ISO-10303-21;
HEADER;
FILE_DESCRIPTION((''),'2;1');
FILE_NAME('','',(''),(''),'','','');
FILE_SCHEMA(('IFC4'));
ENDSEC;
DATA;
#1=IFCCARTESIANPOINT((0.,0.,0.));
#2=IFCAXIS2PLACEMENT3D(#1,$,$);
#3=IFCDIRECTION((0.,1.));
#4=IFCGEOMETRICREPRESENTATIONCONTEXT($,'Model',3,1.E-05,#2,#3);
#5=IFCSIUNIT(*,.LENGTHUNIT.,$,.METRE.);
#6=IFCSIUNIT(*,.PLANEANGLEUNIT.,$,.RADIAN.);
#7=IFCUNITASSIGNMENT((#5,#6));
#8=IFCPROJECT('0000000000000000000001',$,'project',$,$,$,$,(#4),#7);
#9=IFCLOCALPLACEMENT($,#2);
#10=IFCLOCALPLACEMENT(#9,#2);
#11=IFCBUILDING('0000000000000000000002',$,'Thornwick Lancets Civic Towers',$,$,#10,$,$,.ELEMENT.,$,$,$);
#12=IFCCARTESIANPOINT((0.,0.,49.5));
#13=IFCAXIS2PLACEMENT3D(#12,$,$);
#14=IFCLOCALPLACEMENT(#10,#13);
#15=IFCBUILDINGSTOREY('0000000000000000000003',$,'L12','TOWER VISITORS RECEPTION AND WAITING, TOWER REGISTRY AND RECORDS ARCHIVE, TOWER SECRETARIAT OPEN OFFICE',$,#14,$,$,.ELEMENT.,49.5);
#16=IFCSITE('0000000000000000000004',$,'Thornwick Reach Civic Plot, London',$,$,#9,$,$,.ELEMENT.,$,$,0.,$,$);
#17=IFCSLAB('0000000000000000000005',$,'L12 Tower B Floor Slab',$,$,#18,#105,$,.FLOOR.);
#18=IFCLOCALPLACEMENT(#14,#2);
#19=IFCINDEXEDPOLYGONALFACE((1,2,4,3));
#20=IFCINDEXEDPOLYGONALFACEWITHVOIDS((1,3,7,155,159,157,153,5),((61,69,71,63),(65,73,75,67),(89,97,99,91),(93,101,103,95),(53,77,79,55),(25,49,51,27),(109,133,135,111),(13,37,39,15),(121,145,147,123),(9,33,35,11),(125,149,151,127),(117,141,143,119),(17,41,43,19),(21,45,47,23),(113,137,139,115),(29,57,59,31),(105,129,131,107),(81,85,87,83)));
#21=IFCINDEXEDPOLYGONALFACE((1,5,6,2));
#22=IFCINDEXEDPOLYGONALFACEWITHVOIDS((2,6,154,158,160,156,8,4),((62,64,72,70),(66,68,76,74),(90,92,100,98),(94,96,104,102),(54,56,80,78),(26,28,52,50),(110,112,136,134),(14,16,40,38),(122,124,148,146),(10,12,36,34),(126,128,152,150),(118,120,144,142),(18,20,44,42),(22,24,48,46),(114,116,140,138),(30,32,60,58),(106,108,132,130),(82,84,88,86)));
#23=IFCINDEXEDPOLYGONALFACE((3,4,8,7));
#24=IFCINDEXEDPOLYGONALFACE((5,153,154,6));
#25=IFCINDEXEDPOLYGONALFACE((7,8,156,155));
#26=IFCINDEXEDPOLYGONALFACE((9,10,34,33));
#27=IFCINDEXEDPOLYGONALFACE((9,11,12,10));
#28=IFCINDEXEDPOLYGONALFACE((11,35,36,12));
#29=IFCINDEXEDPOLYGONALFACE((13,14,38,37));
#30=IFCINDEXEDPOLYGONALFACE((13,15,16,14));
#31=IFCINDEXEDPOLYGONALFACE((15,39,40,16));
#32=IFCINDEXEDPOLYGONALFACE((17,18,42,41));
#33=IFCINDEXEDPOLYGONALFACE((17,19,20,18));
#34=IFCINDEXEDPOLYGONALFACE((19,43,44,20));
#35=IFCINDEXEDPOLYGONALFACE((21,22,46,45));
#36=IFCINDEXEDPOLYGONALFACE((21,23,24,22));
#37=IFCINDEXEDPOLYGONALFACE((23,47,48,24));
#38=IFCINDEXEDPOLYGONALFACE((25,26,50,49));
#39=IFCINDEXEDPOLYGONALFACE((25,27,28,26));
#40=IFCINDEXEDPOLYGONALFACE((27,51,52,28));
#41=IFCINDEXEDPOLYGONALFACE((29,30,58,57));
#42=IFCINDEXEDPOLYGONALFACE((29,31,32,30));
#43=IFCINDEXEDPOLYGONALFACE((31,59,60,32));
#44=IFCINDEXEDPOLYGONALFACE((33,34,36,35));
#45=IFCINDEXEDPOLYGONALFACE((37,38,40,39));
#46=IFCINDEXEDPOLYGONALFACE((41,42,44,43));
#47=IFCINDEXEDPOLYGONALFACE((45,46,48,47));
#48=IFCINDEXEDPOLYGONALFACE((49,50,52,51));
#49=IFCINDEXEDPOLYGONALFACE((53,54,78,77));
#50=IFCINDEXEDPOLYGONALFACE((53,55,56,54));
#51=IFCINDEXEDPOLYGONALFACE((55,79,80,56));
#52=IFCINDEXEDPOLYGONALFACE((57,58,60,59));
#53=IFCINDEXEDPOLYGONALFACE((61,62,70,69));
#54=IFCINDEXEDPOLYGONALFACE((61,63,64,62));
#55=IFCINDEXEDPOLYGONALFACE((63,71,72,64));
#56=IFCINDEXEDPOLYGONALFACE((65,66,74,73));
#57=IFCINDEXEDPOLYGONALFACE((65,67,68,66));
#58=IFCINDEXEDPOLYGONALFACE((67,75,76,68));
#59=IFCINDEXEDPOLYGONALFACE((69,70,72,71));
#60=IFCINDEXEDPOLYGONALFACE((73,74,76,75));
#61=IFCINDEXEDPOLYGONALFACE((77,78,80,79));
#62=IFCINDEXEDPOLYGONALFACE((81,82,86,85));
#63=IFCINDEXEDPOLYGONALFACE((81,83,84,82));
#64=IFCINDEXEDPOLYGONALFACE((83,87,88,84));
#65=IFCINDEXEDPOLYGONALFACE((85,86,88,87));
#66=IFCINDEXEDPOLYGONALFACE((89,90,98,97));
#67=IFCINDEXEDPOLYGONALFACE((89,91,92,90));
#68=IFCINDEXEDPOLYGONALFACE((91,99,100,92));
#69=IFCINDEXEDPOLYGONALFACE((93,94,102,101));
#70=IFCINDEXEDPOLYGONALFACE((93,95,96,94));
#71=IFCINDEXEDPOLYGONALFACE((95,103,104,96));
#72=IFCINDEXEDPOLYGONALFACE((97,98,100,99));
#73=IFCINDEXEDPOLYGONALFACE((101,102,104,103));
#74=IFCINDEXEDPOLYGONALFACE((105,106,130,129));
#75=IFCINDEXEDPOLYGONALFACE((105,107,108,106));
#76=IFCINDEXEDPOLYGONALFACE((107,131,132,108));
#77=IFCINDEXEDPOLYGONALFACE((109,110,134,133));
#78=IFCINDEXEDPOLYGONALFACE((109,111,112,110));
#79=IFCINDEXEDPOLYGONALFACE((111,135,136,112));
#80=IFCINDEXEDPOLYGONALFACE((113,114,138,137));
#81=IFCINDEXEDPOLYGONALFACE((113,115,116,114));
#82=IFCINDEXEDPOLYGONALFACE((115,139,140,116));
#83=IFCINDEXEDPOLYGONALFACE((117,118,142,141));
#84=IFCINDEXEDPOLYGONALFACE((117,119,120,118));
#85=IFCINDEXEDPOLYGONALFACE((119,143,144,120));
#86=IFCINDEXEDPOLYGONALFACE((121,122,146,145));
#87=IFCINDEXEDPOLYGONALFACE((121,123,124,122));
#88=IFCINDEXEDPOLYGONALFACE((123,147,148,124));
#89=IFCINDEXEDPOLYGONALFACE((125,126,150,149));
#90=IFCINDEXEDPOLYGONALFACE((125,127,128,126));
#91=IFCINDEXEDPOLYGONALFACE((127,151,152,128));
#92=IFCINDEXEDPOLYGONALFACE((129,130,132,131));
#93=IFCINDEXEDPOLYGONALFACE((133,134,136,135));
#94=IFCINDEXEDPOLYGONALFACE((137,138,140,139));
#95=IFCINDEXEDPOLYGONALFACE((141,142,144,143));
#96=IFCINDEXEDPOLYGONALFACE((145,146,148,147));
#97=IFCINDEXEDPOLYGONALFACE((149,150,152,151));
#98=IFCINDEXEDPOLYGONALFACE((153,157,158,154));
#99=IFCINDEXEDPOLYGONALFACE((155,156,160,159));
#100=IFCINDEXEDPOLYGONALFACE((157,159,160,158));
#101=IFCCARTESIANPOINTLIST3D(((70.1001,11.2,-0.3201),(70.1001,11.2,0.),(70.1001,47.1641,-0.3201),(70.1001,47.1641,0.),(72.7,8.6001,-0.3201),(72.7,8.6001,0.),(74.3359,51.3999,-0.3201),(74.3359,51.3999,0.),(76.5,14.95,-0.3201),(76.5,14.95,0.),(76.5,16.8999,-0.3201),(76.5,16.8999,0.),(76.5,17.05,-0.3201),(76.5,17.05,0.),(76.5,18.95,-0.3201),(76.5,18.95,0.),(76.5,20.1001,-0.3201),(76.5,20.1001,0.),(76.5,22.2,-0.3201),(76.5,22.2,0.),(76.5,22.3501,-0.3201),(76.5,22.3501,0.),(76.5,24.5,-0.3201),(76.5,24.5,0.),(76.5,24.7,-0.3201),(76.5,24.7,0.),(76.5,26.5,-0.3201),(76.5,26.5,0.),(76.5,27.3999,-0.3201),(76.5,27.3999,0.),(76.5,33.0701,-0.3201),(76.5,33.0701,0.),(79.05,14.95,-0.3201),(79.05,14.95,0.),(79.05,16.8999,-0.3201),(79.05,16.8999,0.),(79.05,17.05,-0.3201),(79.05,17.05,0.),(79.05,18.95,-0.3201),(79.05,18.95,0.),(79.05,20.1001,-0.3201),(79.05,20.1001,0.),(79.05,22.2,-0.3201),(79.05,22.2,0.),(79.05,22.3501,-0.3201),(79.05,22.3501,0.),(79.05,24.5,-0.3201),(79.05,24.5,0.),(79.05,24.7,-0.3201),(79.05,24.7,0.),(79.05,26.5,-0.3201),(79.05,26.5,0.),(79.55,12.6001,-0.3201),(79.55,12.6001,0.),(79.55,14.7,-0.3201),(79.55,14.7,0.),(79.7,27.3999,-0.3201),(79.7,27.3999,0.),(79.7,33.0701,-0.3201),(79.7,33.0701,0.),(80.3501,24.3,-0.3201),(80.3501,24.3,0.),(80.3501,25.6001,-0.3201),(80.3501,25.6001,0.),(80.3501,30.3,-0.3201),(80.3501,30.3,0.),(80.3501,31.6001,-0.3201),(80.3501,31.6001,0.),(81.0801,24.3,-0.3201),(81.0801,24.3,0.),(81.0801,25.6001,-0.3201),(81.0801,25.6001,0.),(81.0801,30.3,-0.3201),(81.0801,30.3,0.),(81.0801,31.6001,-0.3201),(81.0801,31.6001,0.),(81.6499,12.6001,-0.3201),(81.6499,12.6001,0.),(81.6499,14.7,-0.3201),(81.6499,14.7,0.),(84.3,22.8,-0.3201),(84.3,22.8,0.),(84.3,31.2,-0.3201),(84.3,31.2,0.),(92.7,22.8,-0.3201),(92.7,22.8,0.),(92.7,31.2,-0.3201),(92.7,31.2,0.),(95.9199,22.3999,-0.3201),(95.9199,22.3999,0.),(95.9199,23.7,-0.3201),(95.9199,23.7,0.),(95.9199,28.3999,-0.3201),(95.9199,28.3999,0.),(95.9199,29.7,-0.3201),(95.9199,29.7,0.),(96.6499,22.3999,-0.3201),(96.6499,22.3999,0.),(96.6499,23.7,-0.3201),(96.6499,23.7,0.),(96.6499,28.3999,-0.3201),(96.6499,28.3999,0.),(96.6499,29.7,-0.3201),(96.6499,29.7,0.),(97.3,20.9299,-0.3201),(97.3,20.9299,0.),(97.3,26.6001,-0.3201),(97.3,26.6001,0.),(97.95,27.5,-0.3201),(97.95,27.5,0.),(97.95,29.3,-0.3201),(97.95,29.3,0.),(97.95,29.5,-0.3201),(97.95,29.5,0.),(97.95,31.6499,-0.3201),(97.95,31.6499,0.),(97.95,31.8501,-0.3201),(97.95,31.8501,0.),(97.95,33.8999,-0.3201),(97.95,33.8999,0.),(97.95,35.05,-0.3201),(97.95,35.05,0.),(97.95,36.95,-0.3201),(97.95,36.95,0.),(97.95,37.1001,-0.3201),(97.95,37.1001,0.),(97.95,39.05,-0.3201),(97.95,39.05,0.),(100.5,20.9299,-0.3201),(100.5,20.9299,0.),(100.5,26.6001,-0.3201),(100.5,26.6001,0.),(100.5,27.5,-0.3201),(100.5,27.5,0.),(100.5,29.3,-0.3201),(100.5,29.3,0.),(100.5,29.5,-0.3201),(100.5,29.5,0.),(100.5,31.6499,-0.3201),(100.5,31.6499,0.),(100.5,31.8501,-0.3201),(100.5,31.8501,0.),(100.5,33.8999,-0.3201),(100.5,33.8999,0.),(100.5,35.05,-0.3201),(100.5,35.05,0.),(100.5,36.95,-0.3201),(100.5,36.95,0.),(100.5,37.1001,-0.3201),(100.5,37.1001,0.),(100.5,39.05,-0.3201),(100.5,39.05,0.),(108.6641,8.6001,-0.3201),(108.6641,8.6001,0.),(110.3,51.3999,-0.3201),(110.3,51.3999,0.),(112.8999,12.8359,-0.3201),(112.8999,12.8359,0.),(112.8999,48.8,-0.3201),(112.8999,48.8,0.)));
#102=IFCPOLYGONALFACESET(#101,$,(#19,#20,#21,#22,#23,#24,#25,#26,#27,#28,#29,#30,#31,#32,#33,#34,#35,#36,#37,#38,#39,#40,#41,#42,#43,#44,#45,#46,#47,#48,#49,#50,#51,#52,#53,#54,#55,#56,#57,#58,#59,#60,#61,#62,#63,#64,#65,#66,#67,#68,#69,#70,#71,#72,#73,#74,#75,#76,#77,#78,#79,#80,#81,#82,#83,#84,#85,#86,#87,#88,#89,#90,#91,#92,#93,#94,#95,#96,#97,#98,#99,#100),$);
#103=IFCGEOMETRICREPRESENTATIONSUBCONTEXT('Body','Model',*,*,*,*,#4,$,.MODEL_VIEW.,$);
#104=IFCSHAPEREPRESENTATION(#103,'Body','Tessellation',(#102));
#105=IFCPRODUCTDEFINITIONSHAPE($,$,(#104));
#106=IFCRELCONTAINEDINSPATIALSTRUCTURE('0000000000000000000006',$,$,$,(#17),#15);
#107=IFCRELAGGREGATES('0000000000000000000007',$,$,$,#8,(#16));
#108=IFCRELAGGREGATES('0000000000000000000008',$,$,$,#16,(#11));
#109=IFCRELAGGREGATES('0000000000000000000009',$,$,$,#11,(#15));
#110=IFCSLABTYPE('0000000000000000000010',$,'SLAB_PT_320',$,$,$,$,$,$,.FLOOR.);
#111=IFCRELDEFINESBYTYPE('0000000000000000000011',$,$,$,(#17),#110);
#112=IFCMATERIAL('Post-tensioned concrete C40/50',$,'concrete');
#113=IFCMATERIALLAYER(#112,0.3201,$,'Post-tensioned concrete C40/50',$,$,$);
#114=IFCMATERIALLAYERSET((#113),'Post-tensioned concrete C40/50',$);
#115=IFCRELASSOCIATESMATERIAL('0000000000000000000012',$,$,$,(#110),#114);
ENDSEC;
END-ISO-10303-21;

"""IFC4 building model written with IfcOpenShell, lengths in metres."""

from ifc_helpers import new_model, si_unit, direction, frame, origin, place, context, subcontext, project, spatial, polyline, outline, extrude, material, layer, layer_set, type_object, element, save


model = new_model("IFC4")

# Units and contexts
model_context = context("Model", 3, precision=1e-05, world=origin(), true_north=direction((0.0, 1.0)))
body_context = subcontext(model_context, "Body", "Model", "MODEL_VIEW")
ifc_project = project(units=[si_unit("LENGTHUNIT", "METRE"), si_unit("PLANEANGLEUNIT", "RADIAN")], contexts=[model_context])

# Site, building, storey
site_placement = place(None, origin())
site = spatial("IfcSite", under=ifc_project, at=site_placement, Name="Thornwick Reach Civic Plot, London", CompositionType="ELEMENT", RefElevation=0.0)
building_placement = place(site_placement, origin())
building = spatial("IfcBuilding", under=site, at=building_placement, Name="Thornwick Lancets Civic Towers", CompositionType="ELEMENT")
storey_placement = place(building_placement, frame((0.0, 0.0, 49.5)))
storey = spatial("IfcBuildingStorey", under=building, at=storey_placement, Name="L12", Description="TOWER VISITORS RECEPTION AND WAITING, TOWER REGISTRY AND RECORDS ARCHIVE, TOWER SECRETARIAT OPEN OFFICE", CompositionType="ELEMENT", Elevation=49.5)

# Slab
ifc_material_1 = material(Name="Post-tensioned concrete C40/50", Category="concrete")
ifc_layer_1 = layer(ifc_material_1, 0.3201, Name="Post-tensioned concrete C40/50")
ifc_layer_set_1 = layer_set([ifc_layer_1], Name="Post-tensioned concrete C40/50")
slab_type_1 = type_object("IfcSlabType", Name="SLAB_PT_320", PredefinedType="FLOOR", material=ifc_layer_set_1)
slab_1_placement = place(storey_placement, frame((0.0, 0.0, -0.3201)))
element("IfcSlab", 1, at=slab_1_placement, inside=storey, type_object=slab_type_1, Name="L12 Tower B Floor Slab", PredefinedType="FLOOR", context=body_context, shape_type="SweptSolid", body=[
    extrude(outline(polyline([(72.7, 8.6001), (108.6641, 8.6001), (112.8999, 12.8359), (112.8999, 48.8), (110.3, 51.3999), (74.3359, 51.3999), (70.1001, 47.1641), (70.1001, 11.2), (72.7, 8.6001)]), holes=[polyline([(84.3, 22.8), (92.7, 22.8), (92.7, 31.2), (84.3, 31.2), (84.3, 22.8)]), polyline([(100.5, 20.9299), (100.5, 26.6001), (97.3, 26.6001), (97.3, 20.9299), (100.5, 20.9299)]), polyline([(76.5, 33.0701), (76.5, 27.3999), (79.7, 27.3999), (79.7, 33.0701), (76.5, 33.0701)]), polyline([(97.95, 27.5), (100.5, 27.5), (100.5, 29.3), (97.95, 29.3), (97.95, 27.5)]), polyline([(97.95, 29.5), (100.5, 29.5), (100.5, 31.6499), (97.95, 31.6499), (97.95, 29.5)]), polyline([(97.95, 31.8501), (100.5, 31.8501), (100.5, 33.8999), (97.95, 33.8999), (97.95, 31.8501)]), polyline([(97.95, 35.05), (100.5, 35.05), (100.5, 36.95), (97.95, 36.95), (97.95, 35.05)]), polyline([(97.95, 37.1001), (100.5, 37.1001), (100.5, 39.05), (97.95, 39.05), (97.95, 37.1001)]), polyline([(76.5, 24.7), (79.05, 24.7), (79.05, 26.5), (76.5, 26.5), (76.5, 24.7)]), polyline([(76.5, 22.3501), (79.05, 22.3501), (79.05, 24.5), (76.5, 24.5), (76.5, 22.3501)]), polyline([(76.5, 20.1001), (79.05, 20.1001), (79.05, 22.2), (76.5, 22.2), (76.5, 20.1001)]), polyline([(76.5, 17.05), (79.05, 17.05), (79.05, 18.95), (76.5, 18.95), (76.5, 17.05)]), polyline([(76.5, 14.95), (79.05, 14.95), (79.05, 16.8999), (76.5, 16.8999), (76.5, 14.95)]), polyline([(79.55, 12.6001), (81.6499, 12.6001), (81.6499, 14.7), (79.55, 14.7), (79.55, 12.6001)]), polyline([(95.9199, 28.3999), (96.6499, 28.3999), (96.6499, 29.7), (95.9199, 29.7), (95.9199, 28.3999)]), polyline([(95.9199, 22.3999), (96.6499, 22.3999), (96.6499, 23.7), (95.9199, 23.7), (95.9199, 22.3999)]), polyline([(80.3501, 24.3), (81.0801, 24.3), (81.0801, 25.6001), (80.3501, 25.6001), (80.3501, 24.3)]), polyline([(80.3501, 30.3), (81.0801, 30.3), (81.0801, 31.6001), (80.3501, 31.6001), (80.3501, 30.3)])]), origin(), (0.0, 0.0, 1.0), 0.3201),
])

save(model, "model.ifc")
